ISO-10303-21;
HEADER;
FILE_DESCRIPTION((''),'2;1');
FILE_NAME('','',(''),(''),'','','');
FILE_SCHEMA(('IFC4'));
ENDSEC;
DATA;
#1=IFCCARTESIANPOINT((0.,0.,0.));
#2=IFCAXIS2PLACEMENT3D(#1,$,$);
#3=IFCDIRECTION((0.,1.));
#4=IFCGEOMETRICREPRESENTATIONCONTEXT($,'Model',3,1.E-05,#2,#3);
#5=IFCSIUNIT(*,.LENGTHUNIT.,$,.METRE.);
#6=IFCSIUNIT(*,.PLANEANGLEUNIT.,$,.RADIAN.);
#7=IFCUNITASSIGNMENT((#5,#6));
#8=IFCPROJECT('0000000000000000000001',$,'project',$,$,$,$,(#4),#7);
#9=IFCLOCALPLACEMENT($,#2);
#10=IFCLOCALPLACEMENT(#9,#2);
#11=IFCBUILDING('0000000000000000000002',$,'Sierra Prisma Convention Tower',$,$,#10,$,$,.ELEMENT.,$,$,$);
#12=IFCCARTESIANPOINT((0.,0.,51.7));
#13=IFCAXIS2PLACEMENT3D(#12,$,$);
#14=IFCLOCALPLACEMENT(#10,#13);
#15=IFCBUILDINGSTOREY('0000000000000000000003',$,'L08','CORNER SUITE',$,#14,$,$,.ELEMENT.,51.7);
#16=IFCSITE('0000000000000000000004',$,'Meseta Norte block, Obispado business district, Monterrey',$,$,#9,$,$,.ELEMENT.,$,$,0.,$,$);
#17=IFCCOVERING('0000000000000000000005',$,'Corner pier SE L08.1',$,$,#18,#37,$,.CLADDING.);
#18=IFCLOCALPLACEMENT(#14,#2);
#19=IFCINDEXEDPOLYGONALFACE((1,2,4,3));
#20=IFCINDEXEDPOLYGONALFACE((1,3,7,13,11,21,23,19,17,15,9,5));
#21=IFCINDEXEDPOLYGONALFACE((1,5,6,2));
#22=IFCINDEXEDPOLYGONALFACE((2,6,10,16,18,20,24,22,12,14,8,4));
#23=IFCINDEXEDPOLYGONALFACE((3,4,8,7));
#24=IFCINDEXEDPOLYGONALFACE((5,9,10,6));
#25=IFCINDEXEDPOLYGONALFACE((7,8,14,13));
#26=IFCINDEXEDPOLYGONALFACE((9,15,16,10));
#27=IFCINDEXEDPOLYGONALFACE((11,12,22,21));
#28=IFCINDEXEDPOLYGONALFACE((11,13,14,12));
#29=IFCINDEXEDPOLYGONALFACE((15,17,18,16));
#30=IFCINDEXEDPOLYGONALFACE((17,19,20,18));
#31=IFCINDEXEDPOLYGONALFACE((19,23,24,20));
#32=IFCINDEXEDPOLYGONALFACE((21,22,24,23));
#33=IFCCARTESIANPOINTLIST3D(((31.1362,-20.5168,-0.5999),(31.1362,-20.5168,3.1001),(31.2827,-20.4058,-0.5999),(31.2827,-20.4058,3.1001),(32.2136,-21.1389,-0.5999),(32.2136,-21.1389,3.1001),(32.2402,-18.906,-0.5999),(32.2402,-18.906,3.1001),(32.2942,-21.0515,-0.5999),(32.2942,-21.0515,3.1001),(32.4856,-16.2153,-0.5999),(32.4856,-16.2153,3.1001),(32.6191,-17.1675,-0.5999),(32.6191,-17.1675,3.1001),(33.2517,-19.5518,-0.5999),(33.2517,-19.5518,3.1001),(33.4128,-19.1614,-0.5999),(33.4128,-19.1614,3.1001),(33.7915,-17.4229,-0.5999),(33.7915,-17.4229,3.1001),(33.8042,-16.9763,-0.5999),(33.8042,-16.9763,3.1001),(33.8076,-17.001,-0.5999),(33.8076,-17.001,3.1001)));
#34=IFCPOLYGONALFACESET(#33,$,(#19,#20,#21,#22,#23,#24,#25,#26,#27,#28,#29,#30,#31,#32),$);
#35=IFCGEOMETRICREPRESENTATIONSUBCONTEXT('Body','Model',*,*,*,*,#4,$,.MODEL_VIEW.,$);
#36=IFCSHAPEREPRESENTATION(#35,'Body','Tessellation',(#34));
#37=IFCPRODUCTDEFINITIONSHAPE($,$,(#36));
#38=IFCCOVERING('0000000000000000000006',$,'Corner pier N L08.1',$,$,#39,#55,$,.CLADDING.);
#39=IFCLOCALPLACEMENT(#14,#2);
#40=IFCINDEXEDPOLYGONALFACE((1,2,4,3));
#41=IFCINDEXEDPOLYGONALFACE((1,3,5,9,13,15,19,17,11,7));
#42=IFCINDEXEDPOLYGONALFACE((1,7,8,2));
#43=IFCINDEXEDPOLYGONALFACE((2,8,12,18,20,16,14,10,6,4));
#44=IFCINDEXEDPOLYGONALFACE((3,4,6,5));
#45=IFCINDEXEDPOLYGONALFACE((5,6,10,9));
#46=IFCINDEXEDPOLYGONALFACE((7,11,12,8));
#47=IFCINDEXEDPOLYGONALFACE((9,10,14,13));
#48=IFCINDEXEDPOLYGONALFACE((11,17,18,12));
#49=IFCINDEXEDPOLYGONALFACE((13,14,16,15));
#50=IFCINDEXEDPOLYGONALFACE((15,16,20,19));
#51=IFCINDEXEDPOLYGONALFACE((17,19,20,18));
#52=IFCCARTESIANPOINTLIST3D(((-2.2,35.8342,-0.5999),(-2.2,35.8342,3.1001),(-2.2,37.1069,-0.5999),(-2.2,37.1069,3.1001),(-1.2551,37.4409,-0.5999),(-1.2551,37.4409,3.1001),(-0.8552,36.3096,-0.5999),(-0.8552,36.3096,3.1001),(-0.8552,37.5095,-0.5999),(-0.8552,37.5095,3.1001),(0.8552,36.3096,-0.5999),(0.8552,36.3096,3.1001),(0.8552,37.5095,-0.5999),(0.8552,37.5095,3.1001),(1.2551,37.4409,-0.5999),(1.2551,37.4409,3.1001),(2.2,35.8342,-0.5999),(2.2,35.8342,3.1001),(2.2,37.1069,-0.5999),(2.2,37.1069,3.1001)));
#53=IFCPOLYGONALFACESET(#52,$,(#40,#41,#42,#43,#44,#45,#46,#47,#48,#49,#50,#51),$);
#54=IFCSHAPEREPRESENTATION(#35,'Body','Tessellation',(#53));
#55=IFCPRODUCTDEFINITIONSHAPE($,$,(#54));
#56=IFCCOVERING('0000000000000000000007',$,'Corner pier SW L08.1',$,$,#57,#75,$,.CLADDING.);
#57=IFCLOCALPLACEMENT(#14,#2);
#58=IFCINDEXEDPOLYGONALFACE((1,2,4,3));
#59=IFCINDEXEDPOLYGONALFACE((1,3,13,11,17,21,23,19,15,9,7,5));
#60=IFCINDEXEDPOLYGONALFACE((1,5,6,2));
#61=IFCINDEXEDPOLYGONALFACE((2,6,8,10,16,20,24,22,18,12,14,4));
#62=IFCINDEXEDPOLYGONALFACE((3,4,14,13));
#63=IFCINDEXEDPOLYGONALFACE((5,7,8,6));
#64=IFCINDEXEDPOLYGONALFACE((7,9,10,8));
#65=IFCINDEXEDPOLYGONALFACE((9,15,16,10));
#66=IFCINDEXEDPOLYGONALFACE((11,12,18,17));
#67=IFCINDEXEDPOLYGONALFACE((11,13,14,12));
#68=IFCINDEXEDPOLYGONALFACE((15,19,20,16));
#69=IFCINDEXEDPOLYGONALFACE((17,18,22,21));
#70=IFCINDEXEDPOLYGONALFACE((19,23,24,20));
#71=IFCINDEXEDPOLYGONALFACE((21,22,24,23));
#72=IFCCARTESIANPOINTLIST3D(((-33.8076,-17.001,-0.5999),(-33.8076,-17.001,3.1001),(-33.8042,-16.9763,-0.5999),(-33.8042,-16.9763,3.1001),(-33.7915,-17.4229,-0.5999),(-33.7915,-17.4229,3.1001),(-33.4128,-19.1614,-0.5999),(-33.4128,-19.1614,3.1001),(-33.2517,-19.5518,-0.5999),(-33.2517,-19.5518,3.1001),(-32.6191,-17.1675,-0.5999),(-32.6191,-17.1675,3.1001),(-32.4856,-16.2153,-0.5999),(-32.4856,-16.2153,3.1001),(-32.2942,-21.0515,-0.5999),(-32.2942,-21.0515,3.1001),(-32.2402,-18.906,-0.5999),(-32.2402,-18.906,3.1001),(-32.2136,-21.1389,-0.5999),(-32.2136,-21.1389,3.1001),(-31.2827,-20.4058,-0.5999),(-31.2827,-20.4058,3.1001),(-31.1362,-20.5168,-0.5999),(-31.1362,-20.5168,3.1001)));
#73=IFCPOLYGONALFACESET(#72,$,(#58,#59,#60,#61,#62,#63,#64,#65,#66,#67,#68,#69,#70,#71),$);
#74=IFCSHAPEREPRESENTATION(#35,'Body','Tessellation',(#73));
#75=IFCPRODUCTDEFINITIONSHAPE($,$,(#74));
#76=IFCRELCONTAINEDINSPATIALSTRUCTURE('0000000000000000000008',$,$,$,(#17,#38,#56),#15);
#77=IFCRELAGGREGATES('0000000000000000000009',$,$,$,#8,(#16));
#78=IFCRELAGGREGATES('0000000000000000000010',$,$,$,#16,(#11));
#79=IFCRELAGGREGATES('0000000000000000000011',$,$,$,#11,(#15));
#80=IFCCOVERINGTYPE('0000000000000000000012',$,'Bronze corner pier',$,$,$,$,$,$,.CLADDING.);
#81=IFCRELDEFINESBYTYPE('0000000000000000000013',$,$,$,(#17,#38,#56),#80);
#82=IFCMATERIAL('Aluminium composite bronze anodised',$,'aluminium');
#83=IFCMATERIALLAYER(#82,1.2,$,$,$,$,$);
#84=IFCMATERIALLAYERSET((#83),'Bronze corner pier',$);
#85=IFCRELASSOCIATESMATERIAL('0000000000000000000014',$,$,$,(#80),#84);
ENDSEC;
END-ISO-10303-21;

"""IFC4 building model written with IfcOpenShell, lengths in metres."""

from ifc_helpers import new_model, si_unit, direction, frame, origin, place, context, subcontext, project, spatial, polyline, outline, extrude, material, layer, layer_set, type_object, element, save


model = new_model("IFC4")

# Units and contexts
model_context = context("Model", 3, precision=1e-05, world=origin(), true_north=direction((0.0, 1.0)))
body_context = subcontext(model_context, "Body", "Model", "MODEL_VIEW")
ifc_project = project(units=[si_unit("LENGTHUNIT", "METRE"), si_unit("PLANEANGLEUNIT", "RADIAN")], contexts=[model_context])

# Site, building, storey
site_placement = place(None, origin())
site = spatial("IfcSite", under=ifc_project, at=site_placement, Name="Meseta Norte block, Obispado business district, Monterrey", CompositionType="ELEMENT", RefElevation=0.0)
building_placement = place(site_placement, origin())
building = spatial("IfcBuilding", under=site, at=building_placement, Name="Sierra Prisma Convention Tower", CompositionType="ELEMENT")
storey_placement = place(building_placement, frame((0.0, 0.0, 51.7)))
storey = spatial("IfcBuildingStorey", under=building, at=storey_placement, Name="L08", Description="CORNER SUITE", CompositionType="ELEMENT", Elevation=51.7)

# Coverings
ifc_material_1 = material(Name="Aluminium composite bronze anodised", Category="aluminium")
ifc_layer_1 = layer(ifc_material_1, 1.2)
ifc_layer_set_1 = layer_set([ifc_layer_1], Name="Bronze corner pier")
covering_type = type_object("IfcCoveringType", Name="Bronze corner pier", PredefinedType="CLADDING", material=ifc_layer_set_1)
covering_1_placement = place(storey_placement, frame((0.0, 0.0, -0.5999)))
element("IfcCovering", 1, at=covering_1_placement, inside=storey, type_object=covering_type, Name="Corner pier SE L08.1", PredefinedType="CLADDING", context=body_context, shape_type="SweptSolid", body=[
    extrude(outline(polyline([(33.8076, -17.001), (33.7915, -17.4229), (33.4128, -19.1614), (33.2517, -19.5518), (32.2942, -21.0515), (32.2136, -21.1389), (31.1362, -20.5168), (31.2827, -20.4058), (32.2402, -18.906), (32.6191, -17.1675), (32.4856, -16.2153), (33.8042, -16.9763), (33.8076, -17.001)])), origin(), (0.0, 0.0, 1.0), 3.7),
])
covering_2_placement = place(storey_placement, frame((0.0, 0.0, -0.5999)))
element("IfcCovering", 2, at=covering_2_placement, inside=storey, type_object=covering_type, Name="Corner pier N L08.1", PredefinedType="CLADDING", context=body_context, shape_type="SweptSolid", body=[
    extrude(outline(polyline([(-1.2551, 37.4409), (-0.8552, 37.5095), (0.8552, 37.5095), (1.2551, 37.4409), (2.2, 37.1069), (2.2, 35.8342), (0.8552, 36.3096), (-0.8552, 36.3096), (-2.2, 35.8342), (-2.2, 37.1069), (-1.2551, 37.4409)])), origin(), (0.0, 0.0, 1.0), 3.7),
])
covering_3_placement = place(storey_placement, frame((0.0, 0.0, -0.5999)))
element("IfcCovering", 3, at=covering_3_placement, inside=storey, type_object=covering_type, Name="Corner pier SW L08.1", PredefinedType="CLADDING", context=body_context, shape_type="SweptSolid", body=[
    extrude(outline(polyline([(-32.2942, -21.0515), (-33.2517, -19.5518), (-33.4128, -19.1614), (-33.7915, -17.4229), (-33.8076, -17.001), (-33.8042, -16.9763), (-32.4856, -16.2153), (-32.6191, -17.1675), (-32.2402, -18.906), (-31.2827, -20.4058), (-31.1362, -20.5168), (-32.2136, -21.1389), (-32.2942, -21.0515)])), origin(), (0.0, 0.0, 1.0), 3.7),
])

save(model, "model.ifc")
